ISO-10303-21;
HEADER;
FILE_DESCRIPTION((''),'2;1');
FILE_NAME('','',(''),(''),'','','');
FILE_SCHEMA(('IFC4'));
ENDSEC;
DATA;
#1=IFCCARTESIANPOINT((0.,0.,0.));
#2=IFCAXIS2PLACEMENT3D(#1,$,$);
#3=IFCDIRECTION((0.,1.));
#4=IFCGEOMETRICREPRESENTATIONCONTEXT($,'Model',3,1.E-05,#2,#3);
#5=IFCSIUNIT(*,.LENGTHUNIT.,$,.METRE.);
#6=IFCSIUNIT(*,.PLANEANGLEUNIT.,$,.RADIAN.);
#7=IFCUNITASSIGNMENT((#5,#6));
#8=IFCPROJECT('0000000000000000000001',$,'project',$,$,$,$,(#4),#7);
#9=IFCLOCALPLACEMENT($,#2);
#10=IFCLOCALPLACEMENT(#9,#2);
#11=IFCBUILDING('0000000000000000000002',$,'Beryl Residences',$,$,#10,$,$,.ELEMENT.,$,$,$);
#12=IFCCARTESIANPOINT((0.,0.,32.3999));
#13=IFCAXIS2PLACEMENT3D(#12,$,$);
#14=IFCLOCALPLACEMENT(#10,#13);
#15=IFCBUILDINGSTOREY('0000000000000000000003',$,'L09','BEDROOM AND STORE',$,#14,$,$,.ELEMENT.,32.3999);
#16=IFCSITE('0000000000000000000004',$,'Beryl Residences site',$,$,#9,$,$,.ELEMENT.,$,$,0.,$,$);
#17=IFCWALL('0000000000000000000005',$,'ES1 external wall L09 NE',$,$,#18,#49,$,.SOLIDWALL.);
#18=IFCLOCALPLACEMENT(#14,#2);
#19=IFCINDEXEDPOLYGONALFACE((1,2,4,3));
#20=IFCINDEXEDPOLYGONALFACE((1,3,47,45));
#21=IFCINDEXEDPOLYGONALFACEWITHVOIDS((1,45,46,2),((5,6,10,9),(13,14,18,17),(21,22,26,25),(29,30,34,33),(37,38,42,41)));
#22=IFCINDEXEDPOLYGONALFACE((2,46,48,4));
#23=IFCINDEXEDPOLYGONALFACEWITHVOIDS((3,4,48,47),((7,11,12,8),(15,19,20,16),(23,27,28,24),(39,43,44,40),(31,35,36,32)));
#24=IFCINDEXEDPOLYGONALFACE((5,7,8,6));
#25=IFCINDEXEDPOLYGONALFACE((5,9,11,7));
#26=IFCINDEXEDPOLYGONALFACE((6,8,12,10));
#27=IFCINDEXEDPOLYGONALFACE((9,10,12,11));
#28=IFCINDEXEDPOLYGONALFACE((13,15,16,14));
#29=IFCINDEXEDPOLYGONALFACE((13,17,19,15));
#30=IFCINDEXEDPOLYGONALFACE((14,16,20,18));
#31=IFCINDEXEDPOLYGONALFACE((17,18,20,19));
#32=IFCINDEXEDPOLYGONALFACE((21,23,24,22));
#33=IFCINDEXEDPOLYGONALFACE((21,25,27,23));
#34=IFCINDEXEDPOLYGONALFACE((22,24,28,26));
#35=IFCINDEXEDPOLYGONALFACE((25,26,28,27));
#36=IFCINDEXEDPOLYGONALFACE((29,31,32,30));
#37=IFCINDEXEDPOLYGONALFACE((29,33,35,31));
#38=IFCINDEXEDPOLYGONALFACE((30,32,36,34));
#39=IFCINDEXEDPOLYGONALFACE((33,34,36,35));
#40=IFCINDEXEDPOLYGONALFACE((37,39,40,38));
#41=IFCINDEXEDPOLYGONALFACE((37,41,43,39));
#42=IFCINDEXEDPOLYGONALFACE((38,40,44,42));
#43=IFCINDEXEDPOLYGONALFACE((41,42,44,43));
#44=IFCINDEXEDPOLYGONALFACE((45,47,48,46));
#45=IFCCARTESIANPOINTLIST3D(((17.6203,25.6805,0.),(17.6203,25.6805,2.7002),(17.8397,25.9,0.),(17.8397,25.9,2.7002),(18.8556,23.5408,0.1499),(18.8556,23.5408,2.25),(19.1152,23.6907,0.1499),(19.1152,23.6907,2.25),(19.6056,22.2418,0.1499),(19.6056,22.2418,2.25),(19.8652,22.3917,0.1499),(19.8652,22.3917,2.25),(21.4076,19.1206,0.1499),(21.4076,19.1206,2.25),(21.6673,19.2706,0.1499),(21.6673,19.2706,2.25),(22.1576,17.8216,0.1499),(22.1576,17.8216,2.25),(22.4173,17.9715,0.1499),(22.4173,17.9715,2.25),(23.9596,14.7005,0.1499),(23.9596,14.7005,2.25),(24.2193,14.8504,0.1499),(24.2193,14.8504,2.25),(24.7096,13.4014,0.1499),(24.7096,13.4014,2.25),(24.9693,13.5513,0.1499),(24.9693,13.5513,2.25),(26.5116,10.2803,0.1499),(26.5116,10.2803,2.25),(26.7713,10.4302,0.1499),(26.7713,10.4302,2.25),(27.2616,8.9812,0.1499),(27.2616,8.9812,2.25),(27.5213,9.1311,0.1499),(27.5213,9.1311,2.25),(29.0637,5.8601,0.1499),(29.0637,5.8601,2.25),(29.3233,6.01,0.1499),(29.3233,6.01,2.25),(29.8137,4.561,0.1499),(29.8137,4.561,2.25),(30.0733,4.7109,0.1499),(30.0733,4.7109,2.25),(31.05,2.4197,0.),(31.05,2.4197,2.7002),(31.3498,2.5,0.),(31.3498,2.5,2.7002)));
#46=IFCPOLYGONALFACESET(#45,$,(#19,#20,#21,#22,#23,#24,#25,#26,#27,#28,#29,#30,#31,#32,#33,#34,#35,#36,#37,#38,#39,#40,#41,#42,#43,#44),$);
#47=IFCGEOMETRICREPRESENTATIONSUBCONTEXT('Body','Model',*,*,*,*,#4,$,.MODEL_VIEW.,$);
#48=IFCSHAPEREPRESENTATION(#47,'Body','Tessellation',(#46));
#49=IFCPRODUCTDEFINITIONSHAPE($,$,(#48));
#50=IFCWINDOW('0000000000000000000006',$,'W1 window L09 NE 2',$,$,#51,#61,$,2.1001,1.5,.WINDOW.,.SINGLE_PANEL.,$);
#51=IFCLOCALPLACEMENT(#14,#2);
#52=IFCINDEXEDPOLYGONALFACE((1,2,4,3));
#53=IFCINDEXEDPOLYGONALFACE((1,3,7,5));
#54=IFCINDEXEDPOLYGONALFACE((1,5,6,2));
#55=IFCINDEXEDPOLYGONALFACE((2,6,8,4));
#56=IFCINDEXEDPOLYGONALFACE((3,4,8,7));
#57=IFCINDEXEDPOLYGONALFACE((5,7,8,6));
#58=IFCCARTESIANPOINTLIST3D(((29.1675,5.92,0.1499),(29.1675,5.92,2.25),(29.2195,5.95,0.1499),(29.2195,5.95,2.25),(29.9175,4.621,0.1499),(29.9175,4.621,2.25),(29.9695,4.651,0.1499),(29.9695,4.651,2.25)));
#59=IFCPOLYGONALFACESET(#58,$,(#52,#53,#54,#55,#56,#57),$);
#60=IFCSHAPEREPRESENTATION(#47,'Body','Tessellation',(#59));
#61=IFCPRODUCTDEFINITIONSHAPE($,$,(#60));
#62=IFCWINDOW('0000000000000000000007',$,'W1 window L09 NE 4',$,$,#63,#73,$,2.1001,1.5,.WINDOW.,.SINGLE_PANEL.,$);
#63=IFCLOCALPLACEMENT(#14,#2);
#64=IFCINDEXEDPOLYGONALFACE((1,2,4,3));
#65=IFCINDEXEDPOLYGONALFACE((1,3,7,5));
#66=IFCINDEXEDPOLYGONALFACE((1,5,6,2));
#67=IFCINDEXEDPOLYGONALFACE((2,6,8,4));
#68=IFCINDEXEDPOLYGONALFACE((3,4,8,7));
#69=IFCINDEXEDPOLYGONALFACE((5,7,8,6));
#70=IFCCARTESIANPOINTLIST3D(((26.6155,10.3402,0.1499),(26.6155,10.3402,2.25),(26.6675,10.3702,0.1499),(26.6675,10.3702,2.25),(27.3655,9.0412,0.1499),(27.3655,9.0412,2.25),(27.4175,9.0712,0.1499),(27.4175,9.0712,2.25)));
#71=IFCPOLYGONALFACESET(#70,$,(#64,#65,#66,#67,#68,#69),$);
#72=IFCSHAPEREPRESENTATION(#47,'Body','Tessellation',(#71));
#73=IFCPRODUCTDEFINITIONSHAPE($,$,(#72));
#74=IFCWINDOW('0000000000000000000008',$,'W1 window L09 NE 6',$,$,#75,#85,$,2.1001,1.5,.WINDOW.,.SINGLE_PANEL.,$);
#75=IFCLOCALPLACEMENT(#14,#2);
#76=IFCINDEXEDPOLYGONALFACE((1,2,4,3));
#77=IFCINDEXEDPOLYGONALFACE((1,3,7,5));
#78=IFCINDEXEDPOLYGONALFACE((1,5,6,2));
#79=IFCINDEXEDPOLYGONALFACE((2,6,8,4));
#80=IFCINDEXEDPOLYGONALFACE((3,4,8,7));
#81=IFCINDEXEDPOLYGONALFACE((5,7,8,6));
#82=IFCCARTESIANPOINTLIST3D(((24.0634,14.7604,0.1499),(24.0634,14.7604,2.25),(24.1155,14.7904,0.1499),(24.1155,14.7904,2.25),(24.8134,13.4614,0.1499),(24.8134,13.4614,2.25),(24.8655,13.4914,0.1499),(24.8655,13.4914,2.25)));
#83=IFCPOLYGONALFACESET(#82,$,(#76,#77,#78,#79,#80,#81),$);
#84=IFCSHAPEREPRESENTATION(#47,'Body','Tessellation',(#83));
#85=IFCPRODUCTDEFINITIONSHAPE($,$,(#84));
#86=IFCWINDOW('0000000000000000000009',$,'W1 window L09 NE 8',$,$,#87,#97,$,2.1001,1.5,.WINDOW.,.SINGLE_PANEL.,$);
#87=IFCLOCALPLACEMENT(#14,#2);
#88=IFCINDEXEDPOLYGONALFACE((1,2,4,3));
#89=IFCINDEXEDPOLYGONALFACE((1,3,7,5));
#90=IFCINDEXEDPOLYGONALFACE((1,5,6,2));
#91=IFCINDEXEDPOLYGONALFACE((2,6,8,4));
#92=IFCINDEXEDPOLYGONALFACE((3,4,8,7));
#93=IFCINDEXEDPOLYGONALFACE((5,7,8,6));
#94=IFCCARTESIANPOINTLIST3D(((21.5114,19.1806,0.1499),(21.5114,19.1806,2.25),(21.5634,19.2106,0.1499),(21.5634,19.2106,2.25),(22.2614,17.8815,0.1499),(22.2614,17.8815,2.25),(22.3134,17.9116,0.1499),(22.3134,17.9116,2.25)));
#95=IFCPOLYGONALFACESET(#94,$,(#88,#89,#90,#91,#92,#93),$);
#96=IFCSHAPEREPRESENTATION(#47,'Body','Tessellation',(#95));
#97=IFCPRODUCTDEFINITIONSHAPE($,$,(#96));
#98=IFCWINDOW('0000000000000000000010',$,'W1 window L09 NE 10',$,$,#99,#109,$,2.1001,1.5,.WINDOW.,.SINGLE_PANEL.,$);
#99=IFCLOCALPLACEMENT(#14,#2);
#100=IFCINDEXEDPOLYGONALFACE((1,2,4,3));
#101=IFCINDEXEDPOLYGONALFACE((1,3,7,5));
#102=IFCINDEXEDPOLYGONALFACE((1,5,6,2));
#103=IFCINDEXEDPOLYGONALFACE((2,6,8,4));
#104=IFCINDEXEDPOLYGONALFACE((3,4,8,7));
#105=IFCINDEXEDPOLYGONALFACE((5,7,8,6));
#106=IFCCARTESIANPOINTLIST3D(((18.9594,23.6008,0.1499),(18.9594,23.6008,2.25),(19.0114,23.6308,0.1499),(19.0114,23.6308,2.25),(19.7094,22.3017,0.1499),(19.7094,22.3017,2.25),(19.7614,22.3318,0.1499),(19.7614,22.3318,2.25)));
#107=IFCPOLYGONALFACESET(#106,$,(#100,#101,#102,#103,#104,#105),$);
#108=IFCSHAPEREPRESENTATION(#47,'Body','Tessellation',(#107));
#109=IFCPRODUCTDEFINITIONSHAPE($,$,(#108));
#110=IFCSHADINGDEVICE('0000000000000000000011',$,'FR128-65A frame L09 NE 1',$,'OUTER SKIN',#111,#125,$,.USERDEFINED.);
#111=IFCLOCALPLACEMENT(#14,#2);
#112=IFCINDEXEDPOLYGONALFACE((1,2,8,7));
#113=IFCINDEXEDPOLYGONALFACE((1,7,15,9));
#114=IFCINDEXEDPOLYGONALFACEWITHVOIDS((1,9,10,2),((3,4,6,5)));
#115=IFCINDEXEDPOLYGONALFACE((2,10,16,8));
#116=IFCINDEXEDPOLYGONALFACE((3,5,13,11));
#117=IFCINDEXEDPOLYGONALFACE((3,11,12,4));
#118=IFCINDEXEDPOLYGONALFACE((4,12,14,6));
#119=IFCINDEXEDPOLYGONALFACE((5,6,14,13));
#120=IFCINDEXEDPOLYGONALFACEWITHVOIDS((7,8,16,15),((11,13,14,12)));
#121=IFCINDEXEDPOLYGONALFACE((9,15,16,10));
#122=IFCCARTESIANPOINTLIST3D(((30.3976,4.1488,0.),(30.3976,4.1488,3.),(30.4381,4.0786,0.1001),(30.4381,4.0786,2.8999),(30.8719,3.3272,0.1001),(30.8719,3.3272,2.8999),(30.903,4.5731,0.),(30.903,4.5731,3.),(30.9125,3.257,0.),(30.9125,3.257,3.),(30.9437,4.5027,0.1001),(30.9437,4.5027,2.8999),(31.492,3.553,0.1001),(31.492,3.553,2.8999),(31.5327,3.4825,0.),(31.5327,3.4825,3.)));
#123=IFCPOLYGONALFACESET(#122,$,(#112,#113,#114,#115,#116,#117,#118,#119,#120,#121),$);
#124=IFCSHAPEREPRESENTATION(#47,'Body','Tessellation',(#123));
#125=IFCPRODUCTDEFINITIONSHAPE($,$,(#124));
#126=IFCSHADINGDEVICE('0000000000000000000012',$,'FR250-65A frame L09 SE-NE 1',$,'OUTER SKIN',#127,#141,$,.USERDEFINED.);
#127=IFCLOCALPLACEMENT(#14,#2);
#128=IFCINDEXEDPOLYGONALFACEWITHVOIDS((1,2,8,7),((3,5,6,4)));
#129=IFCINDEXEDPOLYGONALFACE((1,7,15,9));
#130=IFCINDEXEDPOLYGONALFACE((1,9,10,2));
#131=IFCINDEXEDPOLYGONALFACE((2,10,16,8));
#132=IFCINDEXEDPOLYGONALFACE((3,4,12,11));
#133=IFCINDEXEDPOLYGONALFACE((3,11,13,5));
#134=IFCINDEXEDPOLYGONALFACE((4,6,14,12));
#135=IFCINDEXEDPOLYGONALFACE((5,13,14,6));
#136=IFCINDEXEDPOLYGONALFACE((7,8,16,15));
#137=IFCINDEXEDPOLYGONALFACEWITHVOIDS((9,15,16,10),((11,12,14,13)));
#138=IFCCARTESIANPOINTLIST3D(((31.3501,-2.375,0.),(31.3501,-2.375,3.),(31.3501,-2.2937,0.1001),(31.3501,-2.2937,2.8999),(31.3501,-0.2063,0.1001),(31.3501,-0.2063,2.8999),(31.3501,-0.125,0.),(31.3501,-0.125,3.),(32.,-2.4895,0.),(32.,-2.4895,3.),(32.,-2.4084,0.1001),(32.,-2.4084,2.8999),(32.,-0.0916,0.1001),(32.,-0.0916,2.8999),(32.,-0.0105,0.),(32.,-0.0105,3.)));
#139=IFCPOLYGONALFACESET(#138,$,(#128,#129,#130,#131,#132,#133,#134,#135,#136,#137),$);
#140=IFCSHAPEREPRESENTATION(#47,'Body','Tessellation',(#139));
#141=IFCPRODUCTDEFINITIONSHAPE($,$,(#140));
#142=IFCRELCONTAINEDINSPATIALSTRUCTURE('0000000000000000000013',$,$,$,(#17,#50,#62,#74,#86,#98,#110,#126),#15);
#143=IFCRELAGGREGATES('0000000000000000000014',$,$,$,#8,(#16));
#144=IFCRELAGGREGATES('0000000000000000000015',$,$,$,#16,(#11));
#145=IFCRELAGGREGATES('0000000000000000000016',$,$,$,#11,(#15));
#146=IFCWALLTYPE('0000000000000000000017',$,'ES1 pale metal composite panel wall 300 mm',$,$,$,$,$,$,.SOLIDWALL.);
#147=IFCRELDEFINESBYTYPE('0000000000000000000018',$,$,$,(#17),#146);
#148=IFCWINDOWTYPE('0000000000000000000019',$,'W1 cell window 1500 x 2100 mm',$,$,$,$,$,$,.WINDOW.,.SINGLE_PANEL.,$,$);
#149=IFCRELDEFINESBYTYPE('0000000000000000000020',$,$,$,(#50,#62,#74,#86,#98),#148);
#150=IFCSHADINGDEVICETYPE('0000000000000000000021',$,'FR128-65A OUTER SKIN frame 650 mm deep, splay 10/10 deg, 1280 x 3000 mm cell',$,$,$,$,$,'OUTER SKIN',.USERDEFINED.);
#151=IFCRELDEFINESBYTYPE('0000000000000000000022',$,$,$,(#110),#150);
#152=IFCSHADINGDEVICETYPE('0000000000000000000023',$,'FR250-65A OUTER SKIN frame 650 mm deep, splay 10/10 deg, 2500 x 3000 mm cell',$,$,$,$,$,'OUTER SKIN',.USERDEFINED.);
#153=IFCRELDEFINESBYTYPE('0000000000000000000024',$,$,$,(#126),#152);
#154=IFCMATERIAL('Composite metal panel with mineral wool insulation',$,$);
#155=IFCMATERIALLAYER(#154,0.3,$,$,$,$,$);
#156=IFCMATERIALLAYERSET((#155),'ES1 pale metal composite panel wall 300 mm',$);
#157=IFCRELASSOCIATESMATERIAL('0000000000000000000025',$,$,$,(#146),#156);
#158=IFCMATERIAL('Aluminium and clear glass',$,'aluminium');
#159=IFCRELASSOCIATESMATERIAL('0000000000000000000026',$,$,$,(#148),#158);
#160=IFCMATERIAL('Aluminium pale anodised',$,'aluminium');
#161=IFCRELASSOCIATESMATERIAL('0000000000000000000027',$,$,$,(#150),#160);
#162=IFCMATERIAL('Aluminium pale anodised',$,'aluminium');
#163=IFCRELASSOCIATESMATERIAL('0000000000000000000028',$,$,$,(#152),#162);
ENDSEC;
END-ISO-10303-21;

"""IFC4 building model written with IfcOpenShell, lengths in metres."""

from ifc_helpers import new_model, entity, si_unit, direction, frame, frame_2d, origin, place, context, subcontext, project, spatial, polyline, rectangle, outline, extrude, source, transform, mapped, material, layer, layer_set, type_object, type_shapes, element, fill, save


model = new_model("IFC4")

# Units and contexts
model_context = context("Model", 3, precision=1e-05, world=origin(), true_north=direction((0.0, 1.0)))
body_context = subcontext(model_context, "Body", "Model", "MODEL_VIEW")
ifc_project = project(units=[si_unit("LENGTHUNIT", "METRE"), si_unit("PLANEANGLEUNIT", "RADIAN")], contexts=[model_context])

# Site, building, storey
site_placement = place(None, origin())
site = spatial("IfcSite", under=ifc_project, at=site_placement, Name="Beryl Residences site", CompositionType="ELEMENT", RefElevation=0.0)
building_placement = place(site_placement, origin())
building = spatial("IfcBuilding", under=site, at=building_placement, Name="Beryl Residences", CompositionType="ELEMENT")
storey_placement = place(building_placement, frame((0.0, 0.0, 32.3999)))
storey = spatial("IfcBuildingStorey", under=building, at=storey_placement, Name="L09", Description="BEDROOM AND STORE", CompositionType="ELEMENT", Elevation=32.3999)

# Shared definitions
ifc_material_1 = material(Name="Composite metal panel with mineral wool insulation")
ifc_layer = layer(ifc_material_1, 0.3)
ifc_layer_set = layer_set([ifc_layer], Name="ES1 pale metal composite panel wall 300 mm")
wall_type = type_object("IfcWallType", Name="ES1 pale metal composite panel wall 300 mm", PredefinedType="SOLIDWALL", material=ifc_layer_set)

# Wall, openings, windows
wall_1_placement = place(storey_placement, frame((31.22, 2.425, 0.0), z_axis=(0.0, 0.0, 1.0), x_axis=(-0.500002, 0.866024, 0.0)))
wall_1 = element("IfcWall", 1, at=wall_1_placement, inside=storey, type_object=wall_type, Name="ES1 external wall L09 NE", PredefinedType="SOLIDWALL", context=body_context, shape_type="SweptSolid", body=[
    extrude(outline(polyline([(0.0, -0.1499), (27.02, -0.1499), (26.9397, 0.1499), (0.0803, 0.1499), (0.0, -0.1499)])), origin(), (0.0, 0.0, 1.0), 2.7002),
])
opening_1_placement = place(wall_1_placement, frame((2.553, 0.0, 0.1499)))
opening_1 = element("IfcOpeningElement", 2, at=opening_1_placement, cuts=wall_1, PredefinedType="OPENING", context=body_context, shape_type="SweptSolid", body=[
    extrude(rectangle(XDim=1.5, YDim=2.1001, at=frame_2d((0.75, 1.05))), frame((0.0, 0.1599, 0.0), z_axis=(0.0, -1.0, 0.0), x_axis=(1.0, 0.0, 0.0)), (0.0, 0.0, 1.0), 0.3201),
])
opening_2_placement = place(wall_1_placement, frame((7.657, 0.0, 0.1499)))
opening_2 = element("IfcOpeningElement", 3, at=opening_2_placement, cuts=wall_1, PredefinedType="OPENING", context=body_context, shape_type="SweptSolid", body=[
    extrude(rectangle(XDim=1.5, YDim=2.1001, at=frame_2d((0.75, 1.05))), frame((0.0, 0.1599, 0.0), z_axis=(0.0, -1.0, 0.0), x_axis=(1.0, 0.0, 0.0)), (0.0, 0.0, 1.0), 0.3201),
])
opening_3_placement = place(wall_1_placement, frame((12.761, 0.0, 0.1499)))
opening_3 = element("IfcOpeningElement", 4, at=opening_3_placement, cuts=wall_1, PredefinedType="OPENING", context=body_context, shape_type="SweptSolid", body=[
    extrude(rectangle(XDim=1.5, YDim=2.1001, at=frame_2d((0.75, 1.05))), frame((0.0, 0.1599, 0.0), z_axis=(0.0, -1.0, 0.0), x_axis=(1.0, 0.0, 0.0)), (0.0, 0.0, 1.0), 0.3201),
])
opening_4_placement = place(wall_1_placement, frame((17.865, 0.0, 0.1499)))
opening_4 = element("IfcOpeningElement", 5, at=opening_4_placement, cuts=wall_1, PredefinedType="OPENING", context=body_context, shape_type="SweptSolid", body=[
    extrude(rectangle(XDim=1.5, YDim=2.1001, at=frame_2d((0.75, 1.05))), frame((0.0, 0.1599, 0.0), z_axis=(0.0, -1.0, 0.0), x_axis=(1.0, 0.0, 0.0)), (0.0, 0.0, 1.0), 0.3201),
])
opening_5_placement = place(wall_1_placement, frame((22.969, 0.0, 0.1499)))
opening_5 = element("IfcOpeningElement", 6, at=opening_5_placement, cuts=wall_1, PredefinedType="OPENING", context=body_context, shape_type="SweptSolid", body=[
    extrude(rectangle(XDim=1.5, YDim=2.1001, at=frame_2d((0.75, 1.05))), frame((0.0, 0.1599, 0.0), z_axis=(0.0, -1.0, 0.0), x_axis=(1.0, 0.0, 0.0)), (0.0, 0.0, 1.0), 0.3201),
])
ifc_material_2 = material(Name="Aluminium and clear glass", Category="aluminium")
window_type_1 = type_object("IfcWindowType", Name="W1 cell window 1500 x 2100 mm", PartitioningType="SINGLE_PANEL", PredefinedType="WINDOW", material=ifc_material_2)
window_1_placement = place(opening_1_placement, origin())
window_1 = element("IfcWindow", 7, at=window_1_placement, inside=storey, type_object=window_type_1, Name="W1 window L09 NE 2", OverallHeight=2.1001, OverallWidth=1.5, PartitioningType="SINGLE_PANEL", PredefinedType="WINDOW", context=body_context, shape_type="SweptSolid", body=[
    extrude(rectangle(XDim=1.5, YDim=2.1001, at=frame_2d((0.75, 1.05))), frame((0.0, 0.03, 0.0), z_axis=(0.0, -1.0, 0.0), x_axis=(1.0, 0.0, 0.0)), (0.0, 0.0, 1.0), 0.0601),
])
fill(opening_1, window_1)
window_2_placement = place(opening_2_placement, origin())
window_2 = element("IfcWindow", 8, at=window_2_placement, inside=storey, type_object=window_type_1, Name="W1 window L09 NE 4", OverallHeight=2.1001, OverallWidth=1.5, PartitioningType="SINGLE_PANEL", PredefinedType="WINDOW", context=body_context, shape_type="SweptSolid", body=[
    extrude(rectangle(XDim=1.5, YDim=2.1001, at=frame_2d((0.75, 1.05))), frame((0.0, 0.03, 0.0), z_axis=(0.0, -1.0, 0.0), x_axis=(1.0, 0.0, 0.0)), (0.0, 0.0, 1.0), 0.0601),
])
fill(opening_2, window_2)
window_3_placement = place(opening_3_placement, origin())
window_3 = element("IfcWindow", 9, at=window_3_placement, inside=storey, type_object=window_type_1, Name="W1 window L09 NE 6", OverallHeight=2.1001, OverallWidth=1.5, PartitioningType="SINGLE_PANEL", PredefinedType="WINDOW", context=body_context, shape_type="SweptSolid", body=[
    extrude(rectangle(XDim=1.5, YDim=2.1001, at=frame_2d((0.75, 1.05))), frame((0.0, 0.03, 0.0), z_axis=(0.0, -1.0, 0.0), x_axis=(1.0, 0.0, 0.0)), (0.0, 0.0, 1.0), 0.0601),
])
fill(opening_3, window_3)
window_4_placement = place(opening_4_placement, origin())
window_4 = element("IfcWindow", 10, at=window_4_placement, inside=storey, type_object=window_type_1, Name="W1 window L09 NE 8", OverallHeight=2.1001, OverallWidth=1.5, PartitioningType="SINGLE_PANEL", PredefinedType="WINDOW", context=body_context, shape_type="SweptSolid", body=[
    extrude(rectangle(XDim=1.5, YDim=2.1001, at=frame_2d((0.75, 1.05))), frame((0.0, 0.03, 0.0), z_axis=(0.0, -1.0, 0.0), x_axis=(1.0, 0.0, 0.0)), (0.0, 0.0, 1.0), 0.0601),
])
fill(opening_4, window_4)
window_5_placement = place(opening_5_placement, origin())
window_5 = element("IfcWindow", 11, at=window_5_placement, inside=storey, type_object=window_type_1, Name="W1 window L09 NE 10", OverallHeight=2.1001, OverallWidth=1.5, PartitioningType="SINGLE_PANEL", PredefinedType="WINDOW", context=body_context, shape_type="SweptSolid", body=[
    extrude(rectangle(XDim=1.5, YDim=2.1001, at=frame_2d((0.75, 1.05))), frame((0.0, 0.03, 0.0), z_axis=(0.0, -1.0, 0.0), x_axis=(1.0, 0.0, 0.0)), (0.0, 0.0, 1.0), 0.0601),
])
fill(opening_5, window_5)

# Shading devices
ifc_material_3 = material(Name="Aluminium pale anodised", Category="aluminium")
shading_device_type_1 = type_object("IfcShadingDeviceType", Name="FR128-65A OUTER SKIN frame 650 mm deep, splay 10/10 deg, 1280 x 3000 mm cell", ElementType="OUTER SKIN", PredefinedType="USERDEFINED", material=ifc_material_3)
cartesian_point_1 = entity("IfcCartesianPoint", [-0.5149, 0.0])
cartesian_point_2 = entity("IfcCartesianPoint", [-0.4338, 0.1001])
cartesian_point_3 = entity("IfcCartesianPoint", [-0.6296, 0.0])
cartesian_point_4 = entity("IfcCartesianPoint", [-0.5483, 0.1001])
shared_shape_1 = source(origin(), body_context, "Body", "SweptSolid", [
    entity("IfcExtrudedAreaSolidTapered", entity("IfcArbitraryProfileDefWithVoids", "AREA", None, entity("IfcPolyline", [cartesian_point_1, entity("IfcCartesianPoint", [0.5149, 0.0]), entity("IfcCartesianPoint", [0.5149, 3.0]), entity("IfcCartesianPoint", [-0.5149, 3.0]), cartesian_point_1]), [entity("IfcPolyline", [cartesian_point_2, entity("IfcCartesianPoint", [0.4338, 0.1001]), entity("IfcCartesianPoint", [0.4338, 2.8999]), entity("IfcCartesianPoint", [-0.4338, 2.8999]), cartesian_point_2])]), entity("IfcAxis2Placement3D", entity("IfcCartesianPoint", [0.0, 0.0, 0.0]), entity("IfcDirection", [0.0, 1.0, 0.0]), entity("IfcDirection", [-1.0, 0.0, 0.0])), entity("IfcDirection", [0.0, 0.0, 1.0]), 0.6499, entity("IfcArbitraryProfileDefWithVoids", "AREA", None, entity("IfcPolyline", [cartesian_point_3, entity("IfcCartesianPoint", [0.6296, 0.0]), entity("IfcCartesianPoint", [0.6296, 3.0]), entity("IfcCartesianPoint", [-0.6296, 3.0]), cartesian_point_3]), [entity("IfcPolyline", [cartesian_point_4, entity("IfcCartesianPoint", [0.5483, 0.1001]), entity("IfcCartesianPoint", [0.5483, 2.8999]), entity("IfcCartesianPoint", [-0.5483, 2.8999]), cartesian_point_4])])),
])
type_shapes(shading_device_type_1, [shared_shape_1])
shading_device_placement = place(storey_placement, frame((30.655, 3.7029, 0.0), z_axis=(0.0, 0.0, 1.0), x_axis=(0.5, -0.866025, 0.0)))
element("IfcShadingDevice", 12, at=shading_device_placement, inside=storey, type_object=shading_device_type_1, Name="FR128-65A frame L09 NE 1", ObjectType="OUTER SKIN", PredefinedType="USERDEFINED", context=body_context, shape_type="MappedRepresentation", body=[
    mapped(shared_shape_1, transform((0.0, 0.0, 0.0))),
])
ifc_material_4 = material(Name="Aluminium pale anodised", Category="aluminium")
shading_device_type_2 = type_object("IfcShadingDeviceType", Name="FR250-65A OUTER SKIN frame 650 mm deep, splay 10/10 deg, 2500 x 3000 mm cell", ElementType="OUTER SKIN", PredefinedType="USERDEFINED", material=ifc_material_4)
cartesian_point_5 = entity("IfcCartesianPoint", [-1.125, 0.0])
cartesian_point_6 = entity("IfcCartesianPoint", [-1.0437, 0.1001])
cartesian_point_7 = entity("IfcCartesianPoint", [-1.2395, 0.0])
cartesian_point_8 = entity("IfcCartesianPoint", [-1.1584, 0.1001])
shared_shape_2 = source(origin(), body_context, "Body", "SweptSolid", [
    entity("IfcExtrudedAreaSolidTapered", entity("IfcArbitraryProfileDefWithVoids", "AREA", None, entity("IfcPolyline", [cartesian_point_5, entity("IfcCartesianPoint", [1.125, 0.0]), entity("IfcCartesianPoint", [1.125, 3.0]), entity("IfcCartesianPoint", [-1.125, 3.0]), cartesian_point_5]), [entity("IfcPolyline", [cartesian_point_6, entity("IfcCartesianPoint", [1.0437, 0.1001]), entity("IfcCartesianPoint", [1.0437, 2.8999]), entity("IfcCartesianPoint", [-1.0437, 2.8999]), cartesian_point_6])]), entity("IfcAxis2Placement3D", entity("IfcCartesianPoint", [0.0, 0.0, 0.0]), entity("IfcDirection", [0.0, 1.0, 0.0]), entity("IfcDirection", [-1.0, 0.0, 0.0])), entity("IfcDirection", [0.0, 0.0, 1.0]), 0.6499, entity("IfcArbitraryProfileDefWithVoids", "AREA", None, entity("IfcPolyline", [cartesian_point_7, entity("IfcCartesianPoint", [1.2395, 0.0]), entity("IfcCartesianPoint", [1.2395, 3.0]), entity("IfcCartesianPoint", [-1.2395, 3.0]), cartesian_point_7]), [entity("IfcPolyline", [cartesian_point_8, entity("IfcCartesianPoint", [1.1584, 0.1001]), entity("IfcCartesianPoint", [1.1584, 2.8999]), entity("IfcCartesianPoint", [-1.1584, 2.8999]), cartesian_point_8])])),
])
type_shapes(shading_device_type_2, [shared_shape_2])
for number, where, z_axis, x_axis, name in (
    (13, (31.3501, -1.25, 0.0), (0.0, 0.0, 1.0), (0.0, -1.0, 0.0), "FR250-65A frame L09 SE-NE 1"),
):
    element("IfcShadingDevice", number, at=place(storey_placement, frame(where, z_axis=z_axis, x_axis=x_axis)), inside=storey, type_object=shading_device_type_2, Name=name, ObjectType="OUTER SKIN", PredefinedType="USERDEFINED", context=body_context, shape_type="MappedRepresentation", body=[
        mapped(shared_shape_2, transform((0.0, 0.0, 0.0))),
    ])

save(model, "model.ifc")
